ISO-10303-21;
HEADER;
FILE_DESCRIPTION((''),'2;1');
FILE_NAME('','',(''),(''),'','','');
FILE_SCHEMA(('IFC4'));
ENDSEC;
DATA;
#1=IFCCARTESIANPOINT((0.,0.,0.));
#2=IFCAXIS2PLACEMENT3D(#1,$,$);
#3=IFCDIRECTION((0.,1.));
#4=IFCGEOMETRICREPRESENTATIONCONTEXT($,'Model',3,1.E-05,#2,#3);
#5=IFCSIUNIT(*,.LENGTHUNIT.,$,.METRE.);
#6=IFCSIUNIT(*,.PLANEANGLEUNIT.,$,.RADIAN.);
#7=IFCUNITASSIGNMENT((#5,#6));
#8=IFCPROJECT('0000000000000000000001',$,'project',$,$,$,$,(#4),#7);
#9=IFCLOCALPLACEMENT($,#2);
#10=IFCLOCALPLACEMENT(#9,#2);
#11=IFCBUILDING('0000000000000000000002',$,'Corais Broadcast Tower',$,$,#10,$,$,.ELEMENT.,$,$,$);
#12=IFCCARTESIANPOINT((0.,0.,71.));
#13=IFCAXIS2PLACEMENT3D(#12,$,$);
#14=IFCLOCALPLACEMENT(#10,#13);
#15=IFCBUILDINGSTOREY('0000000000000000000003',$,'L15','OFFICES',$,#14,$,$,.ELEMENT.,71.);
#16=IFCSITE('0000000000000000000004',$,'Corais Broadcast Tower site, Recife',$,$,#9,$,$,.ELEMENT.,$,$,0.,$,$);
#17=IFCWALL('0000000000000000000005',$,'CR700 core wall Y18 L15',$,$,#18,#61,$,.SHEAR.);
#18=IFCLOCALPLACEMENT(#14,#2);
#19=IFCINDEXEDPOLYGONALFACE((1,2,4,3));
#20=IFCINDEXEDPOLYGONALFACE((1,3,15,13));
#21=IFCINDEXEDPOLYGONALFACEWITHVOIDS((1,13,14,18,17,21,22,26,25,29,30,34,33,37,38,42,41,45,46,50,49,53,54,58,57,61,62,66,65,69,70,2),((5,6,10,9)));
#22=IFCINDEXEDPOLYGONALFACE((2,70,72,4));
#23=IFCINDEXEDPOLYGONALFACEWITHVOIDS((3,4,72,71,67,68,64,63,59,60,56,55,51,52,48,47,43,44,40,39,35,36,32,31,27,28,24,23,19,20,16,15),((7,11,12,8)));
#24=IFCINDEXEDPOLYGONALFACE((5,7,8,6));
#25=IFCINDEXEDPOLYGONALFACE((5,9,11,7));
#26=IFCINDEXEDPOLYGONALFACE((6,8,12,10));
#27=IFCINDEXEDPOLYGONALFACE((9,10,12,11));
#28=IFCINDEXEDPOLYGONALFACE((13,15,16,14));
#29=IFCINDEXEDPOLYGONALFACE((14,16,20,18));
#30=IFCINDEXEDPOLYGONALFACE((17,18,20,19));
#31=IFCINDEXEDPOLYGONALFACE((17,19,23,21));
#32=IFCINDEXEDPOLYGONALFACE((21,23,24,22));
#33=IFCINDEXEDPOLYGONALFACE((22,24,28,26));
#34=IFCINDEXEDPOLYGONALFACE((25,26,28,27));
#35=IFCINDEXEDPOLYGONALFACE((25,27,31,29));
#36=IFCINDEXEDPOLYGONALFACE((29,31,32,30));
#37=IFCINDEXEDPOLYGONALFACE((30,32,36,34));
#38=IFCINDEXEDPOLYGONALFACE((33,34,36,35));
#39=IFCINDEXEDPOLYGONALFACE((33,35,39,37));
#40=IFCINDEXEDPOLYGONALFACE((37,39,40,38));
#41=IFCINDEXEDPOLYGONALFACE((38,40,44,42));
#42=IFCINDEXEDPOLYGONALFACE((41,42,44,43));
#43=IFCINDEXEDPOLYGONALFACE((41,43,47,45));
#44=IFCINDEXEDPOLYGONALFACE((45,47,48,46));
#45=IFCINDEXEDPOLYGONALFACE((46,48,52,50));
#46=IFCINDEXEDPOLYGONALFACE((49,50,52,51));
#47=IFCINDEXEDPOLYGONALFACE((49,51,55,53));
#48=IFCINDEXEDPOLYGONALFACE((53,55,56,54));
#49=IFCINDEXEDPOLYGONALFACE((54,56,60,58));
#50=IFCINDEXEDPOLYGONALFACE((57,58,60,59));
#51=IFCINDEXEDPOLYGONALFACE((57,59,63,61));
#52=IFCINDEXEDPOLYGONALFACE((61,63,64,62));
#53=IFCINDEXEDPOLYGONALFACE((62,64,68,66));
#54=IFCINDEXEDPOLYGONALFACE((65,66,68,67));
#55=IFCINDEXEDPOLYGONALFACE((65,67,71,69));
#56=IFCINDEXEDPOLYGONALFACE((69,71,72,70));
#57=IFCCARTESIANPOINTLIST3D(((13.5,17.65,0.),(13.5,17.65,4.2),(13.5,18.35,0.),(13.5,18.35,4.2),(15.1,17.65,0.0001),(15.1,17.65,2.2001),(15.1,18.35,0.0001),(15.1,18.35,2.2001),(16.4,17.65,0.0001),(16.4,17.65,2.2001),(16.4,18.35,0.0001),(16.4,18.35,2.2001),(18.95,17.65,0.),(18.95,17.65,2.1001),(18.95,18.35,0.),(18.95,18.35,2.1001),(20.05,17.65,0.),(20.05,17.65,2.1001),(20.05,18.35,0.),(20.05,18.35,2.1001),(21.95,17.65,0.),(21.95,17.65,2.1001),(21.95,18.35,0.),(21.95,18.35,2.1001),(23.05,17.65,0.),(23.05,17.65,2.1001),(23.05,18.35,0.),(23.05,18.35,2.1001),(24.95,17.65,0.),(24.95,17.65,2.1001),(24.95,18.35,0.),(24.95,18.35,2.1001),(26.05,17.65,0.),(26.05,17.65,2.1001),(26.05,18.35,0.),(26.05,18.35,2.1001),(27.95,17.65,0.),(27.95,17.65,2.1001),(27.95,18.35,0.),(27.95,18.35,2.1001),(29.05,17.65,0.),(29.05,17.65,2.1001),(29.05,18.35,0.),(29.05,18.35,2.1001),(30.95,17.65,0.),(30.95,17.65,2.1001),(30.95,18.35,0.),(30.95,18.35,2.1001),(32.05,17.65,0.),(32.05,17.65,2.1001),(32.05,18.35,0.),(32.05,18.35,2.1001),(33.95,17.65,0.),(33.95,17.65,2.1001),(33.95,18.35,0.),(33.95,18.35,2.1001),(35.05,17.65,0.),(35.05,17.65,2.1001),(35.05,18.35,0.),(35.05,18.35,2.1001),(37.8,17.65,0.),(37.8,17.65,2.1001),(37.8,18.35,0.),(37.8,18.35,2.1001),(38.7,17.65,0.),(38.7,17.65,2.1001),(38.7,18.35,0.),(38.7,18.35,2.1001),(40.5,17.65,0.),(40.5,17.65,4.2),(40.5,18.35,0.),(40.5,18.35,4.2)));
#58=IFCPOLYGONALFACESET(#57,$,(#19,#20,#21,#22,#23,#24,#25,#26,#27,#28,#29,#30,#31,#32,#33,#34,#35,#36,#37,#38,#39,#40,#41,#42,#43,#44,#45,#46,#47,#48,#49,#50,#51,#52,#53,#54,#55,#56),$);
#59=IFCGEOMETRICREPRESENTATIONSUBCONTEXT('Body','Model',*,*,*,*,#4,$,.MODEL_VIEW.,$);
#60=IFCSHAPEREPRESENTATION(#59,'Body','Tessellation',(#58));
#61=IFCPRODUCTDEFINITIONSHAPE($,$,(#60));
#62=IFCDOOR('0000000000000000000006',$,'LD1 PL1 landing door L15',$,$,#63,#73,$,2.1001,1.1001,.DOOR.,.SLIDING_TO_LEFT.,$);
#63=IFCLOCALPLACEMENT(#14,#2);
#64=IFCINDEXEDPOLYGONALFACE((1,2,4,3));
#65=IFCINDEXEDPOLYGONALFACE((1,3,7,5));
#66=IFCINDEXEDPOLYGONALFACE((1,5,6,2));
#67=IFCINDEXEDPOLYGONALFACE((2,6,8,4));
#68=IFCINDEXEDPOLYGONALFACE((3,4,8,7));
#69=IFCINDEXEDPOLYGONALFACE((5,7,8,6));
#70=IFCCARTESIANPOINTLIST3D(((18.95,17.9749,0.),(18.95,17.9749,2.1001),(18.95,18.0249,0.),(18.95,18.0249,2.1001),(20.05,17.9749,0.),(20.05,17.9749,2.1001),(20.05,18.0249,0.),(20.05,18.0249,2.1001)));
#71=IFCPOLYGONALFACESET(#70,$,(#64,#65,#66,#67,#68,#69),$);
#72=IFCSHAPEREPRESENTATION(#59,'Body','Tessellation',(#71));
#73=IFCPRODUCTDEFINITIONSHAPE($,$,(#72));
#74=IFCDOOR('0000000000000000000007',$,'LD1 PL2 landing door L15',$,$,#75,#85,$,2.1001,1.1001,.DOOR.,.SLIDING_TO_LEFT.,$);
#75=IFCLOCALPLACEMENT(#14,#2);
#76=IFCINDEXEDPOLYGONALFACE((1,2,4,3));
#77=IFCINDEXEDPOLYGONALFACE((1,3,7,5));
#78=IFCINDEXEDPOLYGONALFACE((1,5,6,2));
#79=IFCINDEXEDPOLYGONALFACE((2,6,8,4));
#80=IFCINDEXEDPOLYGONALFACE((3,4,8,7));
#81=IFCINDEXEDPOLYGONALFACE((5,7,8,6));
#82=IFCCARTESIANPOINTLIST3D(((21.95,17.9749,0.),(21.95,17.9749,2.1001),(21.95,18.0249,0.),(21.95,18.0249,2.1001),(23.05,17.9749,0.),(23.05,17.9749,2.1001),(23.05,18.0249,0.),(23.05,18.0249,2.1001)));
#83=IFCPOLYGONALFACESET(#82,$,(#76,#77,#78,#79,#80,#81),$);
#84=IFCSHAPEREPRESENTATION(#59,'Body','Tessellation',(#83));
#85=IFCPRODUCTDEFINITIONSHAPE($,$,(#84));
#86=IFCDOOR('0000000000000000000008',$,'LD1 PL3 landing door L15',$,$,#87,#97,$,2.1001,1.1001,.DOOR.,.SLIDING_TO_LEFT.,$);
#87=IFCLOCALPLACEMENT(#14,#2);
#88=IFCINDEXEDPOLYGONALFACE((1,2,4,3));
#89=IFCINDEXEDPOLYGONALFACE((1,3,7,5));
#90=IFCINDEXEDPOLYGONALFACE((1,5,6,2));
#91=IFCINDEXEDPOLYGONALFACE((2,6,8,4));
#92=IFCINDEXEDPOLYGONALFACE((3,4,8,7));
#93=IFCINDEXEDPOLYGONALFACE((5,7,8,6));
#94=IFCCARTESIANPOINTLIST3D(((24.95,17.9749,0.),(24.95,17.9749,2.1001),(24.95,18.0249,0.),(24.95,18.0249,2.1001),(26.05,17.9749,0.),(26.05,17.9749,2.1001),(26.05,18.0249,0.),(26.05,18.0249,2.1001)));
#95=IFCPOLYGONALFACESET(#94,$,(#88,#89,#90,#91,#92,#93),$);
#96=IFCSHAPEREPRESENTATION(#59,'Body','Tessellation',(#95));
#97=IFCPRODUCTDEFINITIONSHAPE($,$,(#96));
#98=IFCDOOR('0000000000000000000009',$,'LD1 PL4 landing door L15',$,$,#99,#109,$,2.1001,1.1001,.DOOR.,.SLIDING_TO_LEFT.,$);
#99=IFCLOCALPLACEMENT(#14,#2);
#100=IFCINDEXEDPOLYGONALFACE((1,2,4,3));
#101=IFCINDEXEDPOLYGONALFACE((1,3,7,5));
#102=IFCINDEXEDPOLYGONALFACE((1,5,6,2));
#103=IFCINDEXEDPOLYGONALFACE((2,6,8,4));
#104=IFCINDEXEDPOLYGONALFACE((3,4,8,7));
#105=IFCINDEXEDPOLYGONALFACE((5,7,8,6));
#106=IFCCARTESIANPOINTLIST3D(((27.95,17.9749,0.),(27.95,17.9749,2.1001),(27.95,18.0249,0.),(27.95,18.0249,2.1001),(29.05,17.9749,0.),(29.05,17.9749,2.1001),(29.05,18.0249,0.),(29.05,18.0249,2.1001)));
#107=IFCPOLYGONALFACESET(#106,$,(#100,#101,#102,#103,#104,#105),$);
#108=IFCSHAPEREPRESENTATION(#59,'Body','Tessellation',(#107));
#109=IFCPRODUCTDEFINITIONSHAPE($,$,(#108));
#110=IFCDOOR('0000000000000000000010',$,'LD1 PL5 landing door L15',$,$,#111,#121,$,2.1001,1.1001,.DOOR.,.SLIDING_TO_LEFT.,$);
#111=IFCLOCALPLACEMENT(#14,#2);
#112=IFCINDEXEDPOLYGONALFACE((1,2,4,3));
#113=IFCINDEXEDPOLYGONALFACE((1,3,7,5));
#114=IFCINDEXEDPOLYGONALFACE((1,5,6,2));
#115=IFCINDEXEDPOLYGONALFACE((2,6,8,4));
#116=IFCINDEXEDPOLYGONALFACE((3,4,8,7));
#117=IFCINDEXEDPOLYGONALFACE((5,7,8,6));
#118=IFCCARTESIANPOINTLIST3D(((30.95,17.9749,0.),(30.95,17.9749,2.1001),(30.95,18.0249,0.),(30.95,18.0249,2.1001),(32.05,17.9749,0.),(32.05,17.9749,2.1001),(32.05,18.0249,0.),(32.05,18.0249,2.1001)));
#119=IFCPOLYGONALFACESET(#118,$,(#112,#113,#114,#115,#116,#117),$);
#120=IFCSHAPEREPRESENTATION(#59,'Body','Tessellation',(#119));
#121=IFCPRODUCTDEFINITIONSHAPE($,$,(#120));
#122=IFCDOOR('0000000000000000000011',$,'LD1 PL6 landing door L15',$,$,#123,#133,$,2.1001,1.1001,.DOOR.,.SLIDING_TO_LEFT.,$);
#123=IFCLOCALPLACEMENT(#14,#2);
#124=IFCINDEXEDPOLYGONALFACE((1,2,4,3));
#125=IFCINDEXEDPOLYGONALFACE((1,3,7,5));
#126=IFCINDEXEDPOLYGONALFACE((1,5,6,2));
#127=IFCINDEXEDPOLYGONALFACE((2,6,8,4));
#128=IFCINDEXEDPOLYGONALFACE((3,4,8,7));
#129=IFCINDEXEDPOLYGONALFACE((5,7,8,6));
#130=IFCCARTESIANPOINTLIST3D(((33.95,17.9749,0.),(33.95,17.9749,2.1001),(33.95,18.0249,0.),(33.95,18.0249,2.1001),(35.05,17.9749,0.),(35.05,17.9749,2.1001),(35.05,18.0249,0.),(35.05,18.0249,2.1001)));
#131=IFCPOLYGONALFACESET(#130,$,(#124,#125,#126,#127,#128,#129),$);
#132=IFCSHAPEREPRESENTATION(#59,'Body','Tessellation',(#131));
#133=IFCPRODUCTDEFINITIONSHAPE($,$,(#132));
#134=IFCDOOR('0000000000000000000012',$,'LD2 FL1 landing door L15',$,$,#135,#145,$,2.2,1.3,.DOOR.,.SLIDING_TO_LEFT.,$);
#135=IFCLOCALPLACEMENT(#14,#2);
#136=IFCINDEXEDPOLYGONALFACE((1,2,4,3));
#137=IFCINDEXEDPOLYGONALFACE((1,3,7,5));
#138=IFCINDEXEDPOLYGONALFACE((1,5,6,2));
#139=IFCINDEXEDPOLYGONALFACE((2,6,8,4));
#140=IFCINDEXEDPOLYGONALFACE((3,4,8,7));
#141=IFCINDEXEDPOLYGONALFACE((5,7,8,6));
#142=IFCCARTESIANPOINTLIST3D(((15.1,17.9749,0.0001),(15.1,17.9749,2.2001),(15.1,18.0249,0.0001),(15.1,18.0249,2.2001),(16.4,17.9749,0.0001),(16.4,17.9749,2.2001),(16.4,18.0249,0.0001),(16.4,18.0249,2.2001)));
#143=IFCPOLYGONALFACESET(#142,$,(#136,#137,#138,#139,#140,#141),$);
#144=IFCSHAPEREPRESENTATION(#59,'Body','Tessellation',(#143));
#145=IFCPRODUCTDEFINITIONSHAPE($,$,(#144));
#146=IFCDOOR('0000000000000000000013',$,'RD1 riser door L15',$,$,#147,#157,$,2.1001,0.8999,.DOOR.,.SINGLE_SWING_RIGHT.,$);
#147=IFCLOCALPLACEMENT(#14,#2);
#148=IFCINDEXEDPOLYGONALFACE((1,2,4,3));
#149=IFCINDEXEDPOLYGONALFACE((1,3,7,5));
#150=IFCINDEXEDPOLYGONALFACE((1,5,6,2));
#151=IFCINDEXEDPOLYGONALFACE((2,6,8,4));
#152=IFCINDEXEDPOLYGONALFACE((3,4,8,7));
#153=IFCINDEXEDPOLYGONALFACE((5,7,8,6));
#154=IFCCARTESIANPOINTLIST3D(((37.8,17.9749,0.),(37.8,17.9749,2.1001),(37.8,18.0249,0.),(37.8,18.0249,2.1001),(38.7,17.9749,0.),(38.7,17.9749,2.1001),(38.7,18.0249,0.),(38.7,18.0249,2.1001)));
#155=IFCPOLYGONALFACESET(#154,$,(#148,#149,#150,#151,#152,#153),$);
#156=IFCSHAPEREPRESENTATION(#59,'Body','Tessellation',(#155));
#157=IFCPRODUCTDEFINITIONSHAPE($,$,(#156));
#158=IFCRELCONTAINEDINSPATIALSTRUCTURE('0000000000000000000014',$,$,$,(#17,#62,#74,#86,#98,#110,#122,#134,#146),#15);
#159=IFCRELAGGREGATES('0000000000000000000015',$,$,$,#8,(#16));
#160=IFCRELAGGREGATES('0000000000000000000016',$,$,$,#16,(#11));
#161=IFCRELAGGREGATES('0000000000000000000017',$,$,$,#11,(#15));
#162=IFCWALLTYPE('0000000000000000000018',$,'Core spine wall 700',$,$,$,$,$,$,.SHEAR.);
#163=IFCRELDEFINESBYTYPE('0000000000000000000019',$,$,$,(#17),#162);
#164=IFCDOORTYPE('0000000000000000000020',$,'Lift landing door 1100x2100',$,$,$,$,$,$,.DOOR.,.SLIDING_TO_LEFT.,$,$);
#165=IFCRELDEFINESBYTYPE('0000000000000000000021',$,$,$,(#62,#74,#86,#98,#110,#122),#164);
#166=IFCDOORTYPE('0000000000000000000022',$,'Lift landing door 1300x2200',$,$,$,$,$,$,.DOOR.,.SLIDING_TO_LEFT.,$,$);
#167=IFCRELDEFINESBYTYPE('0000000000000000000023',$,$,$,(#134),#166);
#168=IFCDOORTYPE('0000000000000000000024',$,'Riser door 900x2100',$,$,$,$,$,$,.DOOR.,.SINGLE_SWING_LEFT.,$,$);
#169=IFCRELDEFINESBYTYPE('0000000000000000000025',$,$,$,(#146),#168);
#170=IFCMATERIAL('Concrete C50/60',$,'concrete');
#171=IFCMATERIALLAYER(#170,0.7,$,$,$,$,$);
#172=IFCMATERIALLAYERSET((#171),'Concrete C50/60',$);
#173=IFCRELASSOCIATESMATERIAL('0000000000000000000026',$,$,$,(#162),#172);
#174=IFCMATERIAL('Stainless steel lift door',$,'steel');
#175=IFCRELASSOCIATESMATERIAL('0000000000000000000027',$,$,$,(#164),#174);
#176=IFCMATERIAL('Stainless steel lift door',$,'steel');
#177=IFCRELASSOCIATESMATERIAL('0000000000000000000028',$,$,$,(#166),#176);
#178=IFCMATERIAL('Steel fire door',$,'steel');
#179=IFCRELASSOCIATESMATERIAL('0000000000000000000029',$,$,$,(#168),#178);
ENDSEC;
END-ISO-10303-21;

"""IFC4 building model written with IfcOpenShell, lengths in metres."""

from ifc_helpers import new_model, si_unit, direction, frame, frame_2d, origin, place, context, subcontext, project, spatial, rectangle, extrude, material, layer, layer_set, type_object, element, fill, save


model = new_model("IFC4")

# Units and contexts
model_context = context("Model", 3, precision=1e-05, world=origin(), true_north=direction((0.0, 1.0)))
body_context = subcontext(model_context, "Body", "Model", "MODEL_VIEW")
ifc_project = project(units=[si_unit("LENGTHUNIT", "METRE"), si_unit("PLANEANGLEUNIT", "RADIAN")], contexts=[model_context])

# Site, building, storey
site_placement = place(None, origin())
site = spatial("IfcSite", under=ifc_project, at=site_placement, Name="Corais Broadcast Tower site, Recife", CompositionType="ELEMENT", RefElevation=0.0)
building_placement = place(site_placement, origin())
building = spatial("IfcBuilding", under=site, at=building_placement, Name="Corais Broadcast Tower", CompositionType="ELEMENT")
storey_placement = place(building_placement, frame((0.0, 0.0, 71.0)))
storey = spatial("IfcBuildingStorey", under=building, at=storey_placement, Name="L15", Description="OFFICES", CompositionType="ELEMENT", Elevation=71.0)

# Shared definitions
ifc_material_1 = material(Name="Concrete C50/60", Category="concrete")
ifc_layer_1 = layer(ifc_material_1, 0.7)
ifc_layer_set_1 = layer_set([ifc_layer_1], Name="Concrete C50/60")
wall_type_1 = type_object("IfcWallType", Name="Core spine wall 700", PredefinedType="SHEAR", material=ifc_layer_set_1)

# Wall, openings, doors
wall_1_placement = place(storey_placement, frame((13.5, 18.0, 0.0), z_axis=(0.0, 0.0, 1.0), x_axis=(1.0, 0.0, 0.0)))
wall_1 = element("IfcWall", 1, at=wall_1_placement, inside=storey, type_object=wall_type_1, Name="CR700 core wall Y18 L15", PredefinedType="SHEAR", context=body_context, shape_type="SweptSolid", body=[
    extrude(rectangle(XDim=27.0, YDim=0.7, at=frame_2d((13.5, 0.0))), origin(), (0.0, 0.0, 1.0), 4.2),
])
opening_1_placement = place(wall_1_placement, frame((24.3, 0.0, 0.0)))
opening_1 = element("IfcOpeningElement", 2, at=opening_1_placement, cuts=wall_1, PredefinedType="OPENING", context=body_context, shape_type="SweptSolid", body=[
    extrude(rectangle(XDim=0.8999, YDim=2.1001, at=frame_2d((0.45, 1.05))), frame((0.0, 0.3599, 0.0), z_axis=(0.0, -1.0, 0.0), x_axis=(1.0, 0.0, 0.0)), (0.0, 0.0, 1.0), 0.72),
])
opening_2_placement = place(wall_1_placement, frame((5.45, 0.0, 0.0)))
opening_2 = element("IfcOpeningElement", 3, at=opening_2_placement, cuts=wall_1, PredefinedType="OPENING", context=body_context, shape_type="SweptSolid", body=[
    extrude(rectangle(XDim=1.1001, YDim=2.1001, at=frame_2d((0.55, 1.05))), frame((0.0, 0.3599, 0.0), z_axis=(0.0, -1.0, 0.0), x_axis=(1.0, 0.0, 0.0)), (0.0, 0.0, 1.0), 0.72),
])
opening_3_placement = place(wall_1_placement, frame((8.45, 0.0, 0.0)))
opening_3 = element("IfcOpeningElement", 4, at=opening_3_placement, cuts=wall_1, PredefinedType="OPENING", context=body_context, shape_type="SweptSolid", body=[
    extrude(rectangle(XDim=1.1001, YDim=2.1001, at=frame_2d((0.55, 1.05))), frame((0.0, 0.3599, 0.0), z_axis=(0.0, -1.0, 0.0), x_axis=(1.0, 0.0, 0.0)), (0.0, 0.0, 1.0), 0.72),
])
opening_4_placement = place(wall_1_placement, frame((11.45, 0.0, 0.0)))
opening_4 = element("IfcOpeningElement", 5, at=opening_4_placement, cuts=wall_1, PredefinedType="OPENING", context=body_context, shape_type="SweptSolid", body=[
    extrude(rectangle(XDim=1.1001, YDim=2.1001, at=frame_2d((0.55, 1.05))), frame((0.0, 0.3599, 0.0), z_axis=(0.0, -1.0, 0.0), x_axis=(1.0, 0.0, 0.0)), (0.0, 0.0, 1.0), 0.72),
])
opening_5_placement = place(wall_1_placement, frame((14.45, 0.0, 0.0)))
opening_5 = element("IfcOpeningElement", 6, at=opening_5_placement, cuts=wall_1, PredefinedType="OPENING", context=body_context, shape_type="SweptSolid", body=[
    extrude(rectangle(XDim=1.1001, YDim=2.1001, at=frame_2d((0.55, 1.05))), frame((0.0, 0.3599, 0.0), z_axis=(0.0, -1.0, 0.0), x_axis=(1.0, 0.0, 0.0)), (0.0, 0.0, 1.0), 0.72),
])
opening_6_placement = place(wall_1_placement, frame((17.45, 0.0, 0.0)))
opening_6 = element("IfcOpeningElement", 7, at=opening_6_placement, cuts=wall_1, PredefinedType="OPENING", context=body_context, shape_type="SweptSolid", body=[
    extrude(rectangle(XDim=1.1001, YDim=2.1001, at=frame_2d((0.55, 1.05))), frame((0.0, 0.3599, 0.0), z_axis=(0.0, -1.0, 0.0), x_axis=(1.0, 0.0, 0.0)), (0.0, 0.0, 1.0), 0.72),
])
opening_7_placement = place(wall_1_placement, frame((20.45, 0.0, 0.0)))
opening_7 = element("IfcOpeningElement", 8, at=opening_7_placement, cuts=wall_1, PredefinedType="OPENING", context=body_context, shape_type="SweptSolid", body=[
    extrude(rectangle(XDim=1.1001, YDim=2.1001, at=frame_2d((0.55, 1.05))), frame((0.0, 0.3599, 0.0), z_axis=(0.0, -1.0, 0.0), x_axis=(1.0, 0.0, 0.0)), (0.0, 0.0, 1.0), 0.72),
])
opening_8_placement = place(wall_1_placement, frame((1.6001, 0.0, 0.0)))
opening_8 = element("IfcOpeningElement", 9, at=opening_8_placement, cuts=wall_1, PredefinedType="OPENING", context=body_context, shape_type="SweptSolid", body=[
    extrude(rectangle(XDim=1.3, YDim=2.2, at=frame_2d((0.6499, 1.1001))), frame((0.0, 0.3599, 0.0), z_axis=(0.0, -1.0, 0.0), x_axis=(1.0, 0.0, 0.0)), (0.0, 0.0, 1.0), 0.72),
])
ifc_material_2 = material(Name="Stainless steel lift door", Category="steel")
door_type_1 = type_object("IfcDoorType", Name="Lift landing door 1100x2100", OperationType="SLIDING_TO_LEFT", PredefinedType="DOOR", material=ifc_material_2)
door_1_placement = place(opening_2_placement, origin())
door_1 = element("IfcDoor", 10, at=door_1_placement, inside=storey, type_object=door_type_1, Name="LD1 PL1 landing door L15", OperationType="SLIDING_TO_LEFT", OverallHeight=2.1001, OverallWidth=1.1001, PredefinedType="DOOR", context=body_context, shape_type="SweptSolid", body=[
    extrude(rectangle(XDim=1.1001, YDim=2.1001, at=frame_2d((0.55, 1.05))), frame((0.0, 0.0249, 0.0), z_axis=(0.0, -1.0, 0.0), x_axis=(1.0, 0.0, 0.0)), (0.0, 0.0, 1.0), 0.05),
])
fill(opening_2, door_1)
door_2_placement = place(opening_3_placement, origin())
door_2 = element("IfcDoor", 11, at=door_2_placement, inside=storey, type_object=door_type_1, Name="LD1 PL2 landing door L15", OperationType="SLIDING_TO_LEFT", OverallHeight=2.1001, OverallWidth=1.1001, PredefinedType="DOOR", context=body_context, shape_type="SweptSolid", body=[
    extrude(rectangle(XDim=1.1001, YDim=2.1001, at=frame_2d((0.55, 1.05))), frame((0.0, 0.0249, 0.0), z_axis=(0.0, -1.0, 0.0), x_axis=(1.0, 0.0, 0.0)), (0.0, 0.0, 1.0), 0.05),
])
fill(opening_3, door_2)
door_3_placement = place(opening_4_placement, origin())
door_3 = element("IfcDoor", 12, at=door_3_placement, inside=storey, type_object=door_type_1, Name="LD1 PL3 landing door L15", OperationType="SLIDING_TO_LEFT", OverallHeight=2.1001, OverallWidth=1.1001, PredefinedType="DOOR", context=body_context, shape_type="SweptSolid", body=[
    extrude(rectangle(XDim=1.1001, YDim=2.1001, at=frame_2d((0.55, 1.05))), frame((0.0, 0.0249, 0.0), z_axis=(0.0, -1.0, 0.0), x_axis=(1.0, 0.0, 0.0)), (0.0, 0.0, 1.0), 0.05),
])
fill(opening_4, door_3)
door_4_placement = place(opening_5_placement, origin())
door_4 = element("IfcDoor", 13, at=door_4_placement, inside=storey, type_object=door_type_1, Name="LD1 PL4 landing door L15", OperationType="SLIDING_TO_LEFT", OverallHeight=2.1001, OverallWidth=1.1001, PredefinedType="DOOR", context=body_context, shape_type="SweptSolid", body=[
    extrude(rectangle(XDim=1.1001, YDim=2.1001, at=frame_2d((0.55, 1.05))), frame((0.0, 0.0249, 0.0), z_axis=(0.0, -1.0, 0.0), x_axis=(1.0, 0.0, 0.0)), (0.0, 0.0, 1.0), 0.05),
])
fill(opening_5, door_4)
door_5_placement = place(opening_6_placement, origin())
door_5 = element("IfcDoor", 14, at=door_5_placement, inside=storey, type_object=door_type_1, Name="LD1 PL5 landing door L15", OperationType="SLIDING_TO_LEFT", OverallHeight=2.1001, OverallWidth=1.1001, PredefinedType="DOOR", context=body_context, shape_type="SweptSolid", body=[
    extrude(rectangle(XDim=1.1001, YDim=2.1001, at=frame_2d((0.55, 1.05))), frame((0.0, 0.0249, 0.0), z_axis=(0.0, -1.0, 0.0), x_axis=(1.0, 0.0, 0.0)), (0.0, 0.0, 1.0), 0.05),
])
fill(opening_6, door_5)
door_6_placement = place(opening_7_placement, origin())
door_6 = element("IfcDoor", 15, at=door_6_placement, inside=storey, type_object=door_type_1, Name="LD1 PL6 landing door L15", OperationType="SLIDING_TO_LEFT", OverallHeight=2.1001, OverallWidth=1.1001, PredefinedType="DOOR", context=body_context, shape_type="SweptSolid", body=[
    extrude(rectangle(XDim=1.1001, YDim=2.1001, at=frame_2d((0.55, 1.05))), frame((0.0, 0.0249, 0.0), z_axis=(0.0, -1.0, 0.0), x_axis=(1.0, 0.0, 0.0)), (0.0, 0.0, 1.0), 0.05),
])
fill(opening_7, door_6)
ifc_material_3 = material(Name="Stainless steel lift door", Category="steel")
door_type_2 = type_object("IfcDoorType", Name="Lift landing door 1300x2200", OperationType="SLIDING_TO_LEFT", PredefinedType="DOOR", material=ifc_material_3)
door_7_placement = place(opening_8_placement, origin())
door_7 = element("IfcDoor", 16, at=door_7_placement, inside=storey, type_object=door_type_2, Name="LD2 FL1 landing door L15", OperationType="SLIDING_TO_LEFT", OverallHeight=2.2, OverallWidth=1.3, PredefinedType="DOOR", context=body_context, shape_type="SweptSolid", body=[
    extrude(rectangle(XDim=1.3, YDim=2.2, at=frame_2d((0.6499, 1.1001))), frame((0.0, 0.0249, 0.0), z_axis=(0.0, -1.0, 0.0), x_axis=(1.0, 0.0, 0.0)), (0.0, 0.0, 1.0), 0.05),
])
fill(opening_8, door_7)
ifc_material_4 = material(Name="Steel fire door", Category="steel")
door_type_3 = type_object("IfcDoorType", Name="Riser door 900x2100", OperationType="SINGLE_SWING_LEFT", PredefinedType="DOOR", material=ifc_material_4)
door_8_placement = place(opening_1_placement, origin())
door_8 = element("IfcDoor", 17, at=door_8_placement, inside=storey, type_object=door_type_3, Name="RD1 riser door L15", OperationType="SINGLE_SWING_RIGHT", OverallHeight=2.1001, OverallWidth=0.8999, PredefinedType="DOOR", context=body_context, shape_type="SweptSolid", body=[
    extrude(rectangle(XDim=0.8999, YDim=2.1001, at=frame_2d((0.45, 1.05))), frame((0.0, 0.0249, 0.0), z_axis=(0.0, -1.0, 0.0), x_axis=(1.0, 0.0, 0.0)), (0.0, 0.0, 1.0), 0.05),
])
fill(opening_1, door_8)

save(model, "model.ifc")
